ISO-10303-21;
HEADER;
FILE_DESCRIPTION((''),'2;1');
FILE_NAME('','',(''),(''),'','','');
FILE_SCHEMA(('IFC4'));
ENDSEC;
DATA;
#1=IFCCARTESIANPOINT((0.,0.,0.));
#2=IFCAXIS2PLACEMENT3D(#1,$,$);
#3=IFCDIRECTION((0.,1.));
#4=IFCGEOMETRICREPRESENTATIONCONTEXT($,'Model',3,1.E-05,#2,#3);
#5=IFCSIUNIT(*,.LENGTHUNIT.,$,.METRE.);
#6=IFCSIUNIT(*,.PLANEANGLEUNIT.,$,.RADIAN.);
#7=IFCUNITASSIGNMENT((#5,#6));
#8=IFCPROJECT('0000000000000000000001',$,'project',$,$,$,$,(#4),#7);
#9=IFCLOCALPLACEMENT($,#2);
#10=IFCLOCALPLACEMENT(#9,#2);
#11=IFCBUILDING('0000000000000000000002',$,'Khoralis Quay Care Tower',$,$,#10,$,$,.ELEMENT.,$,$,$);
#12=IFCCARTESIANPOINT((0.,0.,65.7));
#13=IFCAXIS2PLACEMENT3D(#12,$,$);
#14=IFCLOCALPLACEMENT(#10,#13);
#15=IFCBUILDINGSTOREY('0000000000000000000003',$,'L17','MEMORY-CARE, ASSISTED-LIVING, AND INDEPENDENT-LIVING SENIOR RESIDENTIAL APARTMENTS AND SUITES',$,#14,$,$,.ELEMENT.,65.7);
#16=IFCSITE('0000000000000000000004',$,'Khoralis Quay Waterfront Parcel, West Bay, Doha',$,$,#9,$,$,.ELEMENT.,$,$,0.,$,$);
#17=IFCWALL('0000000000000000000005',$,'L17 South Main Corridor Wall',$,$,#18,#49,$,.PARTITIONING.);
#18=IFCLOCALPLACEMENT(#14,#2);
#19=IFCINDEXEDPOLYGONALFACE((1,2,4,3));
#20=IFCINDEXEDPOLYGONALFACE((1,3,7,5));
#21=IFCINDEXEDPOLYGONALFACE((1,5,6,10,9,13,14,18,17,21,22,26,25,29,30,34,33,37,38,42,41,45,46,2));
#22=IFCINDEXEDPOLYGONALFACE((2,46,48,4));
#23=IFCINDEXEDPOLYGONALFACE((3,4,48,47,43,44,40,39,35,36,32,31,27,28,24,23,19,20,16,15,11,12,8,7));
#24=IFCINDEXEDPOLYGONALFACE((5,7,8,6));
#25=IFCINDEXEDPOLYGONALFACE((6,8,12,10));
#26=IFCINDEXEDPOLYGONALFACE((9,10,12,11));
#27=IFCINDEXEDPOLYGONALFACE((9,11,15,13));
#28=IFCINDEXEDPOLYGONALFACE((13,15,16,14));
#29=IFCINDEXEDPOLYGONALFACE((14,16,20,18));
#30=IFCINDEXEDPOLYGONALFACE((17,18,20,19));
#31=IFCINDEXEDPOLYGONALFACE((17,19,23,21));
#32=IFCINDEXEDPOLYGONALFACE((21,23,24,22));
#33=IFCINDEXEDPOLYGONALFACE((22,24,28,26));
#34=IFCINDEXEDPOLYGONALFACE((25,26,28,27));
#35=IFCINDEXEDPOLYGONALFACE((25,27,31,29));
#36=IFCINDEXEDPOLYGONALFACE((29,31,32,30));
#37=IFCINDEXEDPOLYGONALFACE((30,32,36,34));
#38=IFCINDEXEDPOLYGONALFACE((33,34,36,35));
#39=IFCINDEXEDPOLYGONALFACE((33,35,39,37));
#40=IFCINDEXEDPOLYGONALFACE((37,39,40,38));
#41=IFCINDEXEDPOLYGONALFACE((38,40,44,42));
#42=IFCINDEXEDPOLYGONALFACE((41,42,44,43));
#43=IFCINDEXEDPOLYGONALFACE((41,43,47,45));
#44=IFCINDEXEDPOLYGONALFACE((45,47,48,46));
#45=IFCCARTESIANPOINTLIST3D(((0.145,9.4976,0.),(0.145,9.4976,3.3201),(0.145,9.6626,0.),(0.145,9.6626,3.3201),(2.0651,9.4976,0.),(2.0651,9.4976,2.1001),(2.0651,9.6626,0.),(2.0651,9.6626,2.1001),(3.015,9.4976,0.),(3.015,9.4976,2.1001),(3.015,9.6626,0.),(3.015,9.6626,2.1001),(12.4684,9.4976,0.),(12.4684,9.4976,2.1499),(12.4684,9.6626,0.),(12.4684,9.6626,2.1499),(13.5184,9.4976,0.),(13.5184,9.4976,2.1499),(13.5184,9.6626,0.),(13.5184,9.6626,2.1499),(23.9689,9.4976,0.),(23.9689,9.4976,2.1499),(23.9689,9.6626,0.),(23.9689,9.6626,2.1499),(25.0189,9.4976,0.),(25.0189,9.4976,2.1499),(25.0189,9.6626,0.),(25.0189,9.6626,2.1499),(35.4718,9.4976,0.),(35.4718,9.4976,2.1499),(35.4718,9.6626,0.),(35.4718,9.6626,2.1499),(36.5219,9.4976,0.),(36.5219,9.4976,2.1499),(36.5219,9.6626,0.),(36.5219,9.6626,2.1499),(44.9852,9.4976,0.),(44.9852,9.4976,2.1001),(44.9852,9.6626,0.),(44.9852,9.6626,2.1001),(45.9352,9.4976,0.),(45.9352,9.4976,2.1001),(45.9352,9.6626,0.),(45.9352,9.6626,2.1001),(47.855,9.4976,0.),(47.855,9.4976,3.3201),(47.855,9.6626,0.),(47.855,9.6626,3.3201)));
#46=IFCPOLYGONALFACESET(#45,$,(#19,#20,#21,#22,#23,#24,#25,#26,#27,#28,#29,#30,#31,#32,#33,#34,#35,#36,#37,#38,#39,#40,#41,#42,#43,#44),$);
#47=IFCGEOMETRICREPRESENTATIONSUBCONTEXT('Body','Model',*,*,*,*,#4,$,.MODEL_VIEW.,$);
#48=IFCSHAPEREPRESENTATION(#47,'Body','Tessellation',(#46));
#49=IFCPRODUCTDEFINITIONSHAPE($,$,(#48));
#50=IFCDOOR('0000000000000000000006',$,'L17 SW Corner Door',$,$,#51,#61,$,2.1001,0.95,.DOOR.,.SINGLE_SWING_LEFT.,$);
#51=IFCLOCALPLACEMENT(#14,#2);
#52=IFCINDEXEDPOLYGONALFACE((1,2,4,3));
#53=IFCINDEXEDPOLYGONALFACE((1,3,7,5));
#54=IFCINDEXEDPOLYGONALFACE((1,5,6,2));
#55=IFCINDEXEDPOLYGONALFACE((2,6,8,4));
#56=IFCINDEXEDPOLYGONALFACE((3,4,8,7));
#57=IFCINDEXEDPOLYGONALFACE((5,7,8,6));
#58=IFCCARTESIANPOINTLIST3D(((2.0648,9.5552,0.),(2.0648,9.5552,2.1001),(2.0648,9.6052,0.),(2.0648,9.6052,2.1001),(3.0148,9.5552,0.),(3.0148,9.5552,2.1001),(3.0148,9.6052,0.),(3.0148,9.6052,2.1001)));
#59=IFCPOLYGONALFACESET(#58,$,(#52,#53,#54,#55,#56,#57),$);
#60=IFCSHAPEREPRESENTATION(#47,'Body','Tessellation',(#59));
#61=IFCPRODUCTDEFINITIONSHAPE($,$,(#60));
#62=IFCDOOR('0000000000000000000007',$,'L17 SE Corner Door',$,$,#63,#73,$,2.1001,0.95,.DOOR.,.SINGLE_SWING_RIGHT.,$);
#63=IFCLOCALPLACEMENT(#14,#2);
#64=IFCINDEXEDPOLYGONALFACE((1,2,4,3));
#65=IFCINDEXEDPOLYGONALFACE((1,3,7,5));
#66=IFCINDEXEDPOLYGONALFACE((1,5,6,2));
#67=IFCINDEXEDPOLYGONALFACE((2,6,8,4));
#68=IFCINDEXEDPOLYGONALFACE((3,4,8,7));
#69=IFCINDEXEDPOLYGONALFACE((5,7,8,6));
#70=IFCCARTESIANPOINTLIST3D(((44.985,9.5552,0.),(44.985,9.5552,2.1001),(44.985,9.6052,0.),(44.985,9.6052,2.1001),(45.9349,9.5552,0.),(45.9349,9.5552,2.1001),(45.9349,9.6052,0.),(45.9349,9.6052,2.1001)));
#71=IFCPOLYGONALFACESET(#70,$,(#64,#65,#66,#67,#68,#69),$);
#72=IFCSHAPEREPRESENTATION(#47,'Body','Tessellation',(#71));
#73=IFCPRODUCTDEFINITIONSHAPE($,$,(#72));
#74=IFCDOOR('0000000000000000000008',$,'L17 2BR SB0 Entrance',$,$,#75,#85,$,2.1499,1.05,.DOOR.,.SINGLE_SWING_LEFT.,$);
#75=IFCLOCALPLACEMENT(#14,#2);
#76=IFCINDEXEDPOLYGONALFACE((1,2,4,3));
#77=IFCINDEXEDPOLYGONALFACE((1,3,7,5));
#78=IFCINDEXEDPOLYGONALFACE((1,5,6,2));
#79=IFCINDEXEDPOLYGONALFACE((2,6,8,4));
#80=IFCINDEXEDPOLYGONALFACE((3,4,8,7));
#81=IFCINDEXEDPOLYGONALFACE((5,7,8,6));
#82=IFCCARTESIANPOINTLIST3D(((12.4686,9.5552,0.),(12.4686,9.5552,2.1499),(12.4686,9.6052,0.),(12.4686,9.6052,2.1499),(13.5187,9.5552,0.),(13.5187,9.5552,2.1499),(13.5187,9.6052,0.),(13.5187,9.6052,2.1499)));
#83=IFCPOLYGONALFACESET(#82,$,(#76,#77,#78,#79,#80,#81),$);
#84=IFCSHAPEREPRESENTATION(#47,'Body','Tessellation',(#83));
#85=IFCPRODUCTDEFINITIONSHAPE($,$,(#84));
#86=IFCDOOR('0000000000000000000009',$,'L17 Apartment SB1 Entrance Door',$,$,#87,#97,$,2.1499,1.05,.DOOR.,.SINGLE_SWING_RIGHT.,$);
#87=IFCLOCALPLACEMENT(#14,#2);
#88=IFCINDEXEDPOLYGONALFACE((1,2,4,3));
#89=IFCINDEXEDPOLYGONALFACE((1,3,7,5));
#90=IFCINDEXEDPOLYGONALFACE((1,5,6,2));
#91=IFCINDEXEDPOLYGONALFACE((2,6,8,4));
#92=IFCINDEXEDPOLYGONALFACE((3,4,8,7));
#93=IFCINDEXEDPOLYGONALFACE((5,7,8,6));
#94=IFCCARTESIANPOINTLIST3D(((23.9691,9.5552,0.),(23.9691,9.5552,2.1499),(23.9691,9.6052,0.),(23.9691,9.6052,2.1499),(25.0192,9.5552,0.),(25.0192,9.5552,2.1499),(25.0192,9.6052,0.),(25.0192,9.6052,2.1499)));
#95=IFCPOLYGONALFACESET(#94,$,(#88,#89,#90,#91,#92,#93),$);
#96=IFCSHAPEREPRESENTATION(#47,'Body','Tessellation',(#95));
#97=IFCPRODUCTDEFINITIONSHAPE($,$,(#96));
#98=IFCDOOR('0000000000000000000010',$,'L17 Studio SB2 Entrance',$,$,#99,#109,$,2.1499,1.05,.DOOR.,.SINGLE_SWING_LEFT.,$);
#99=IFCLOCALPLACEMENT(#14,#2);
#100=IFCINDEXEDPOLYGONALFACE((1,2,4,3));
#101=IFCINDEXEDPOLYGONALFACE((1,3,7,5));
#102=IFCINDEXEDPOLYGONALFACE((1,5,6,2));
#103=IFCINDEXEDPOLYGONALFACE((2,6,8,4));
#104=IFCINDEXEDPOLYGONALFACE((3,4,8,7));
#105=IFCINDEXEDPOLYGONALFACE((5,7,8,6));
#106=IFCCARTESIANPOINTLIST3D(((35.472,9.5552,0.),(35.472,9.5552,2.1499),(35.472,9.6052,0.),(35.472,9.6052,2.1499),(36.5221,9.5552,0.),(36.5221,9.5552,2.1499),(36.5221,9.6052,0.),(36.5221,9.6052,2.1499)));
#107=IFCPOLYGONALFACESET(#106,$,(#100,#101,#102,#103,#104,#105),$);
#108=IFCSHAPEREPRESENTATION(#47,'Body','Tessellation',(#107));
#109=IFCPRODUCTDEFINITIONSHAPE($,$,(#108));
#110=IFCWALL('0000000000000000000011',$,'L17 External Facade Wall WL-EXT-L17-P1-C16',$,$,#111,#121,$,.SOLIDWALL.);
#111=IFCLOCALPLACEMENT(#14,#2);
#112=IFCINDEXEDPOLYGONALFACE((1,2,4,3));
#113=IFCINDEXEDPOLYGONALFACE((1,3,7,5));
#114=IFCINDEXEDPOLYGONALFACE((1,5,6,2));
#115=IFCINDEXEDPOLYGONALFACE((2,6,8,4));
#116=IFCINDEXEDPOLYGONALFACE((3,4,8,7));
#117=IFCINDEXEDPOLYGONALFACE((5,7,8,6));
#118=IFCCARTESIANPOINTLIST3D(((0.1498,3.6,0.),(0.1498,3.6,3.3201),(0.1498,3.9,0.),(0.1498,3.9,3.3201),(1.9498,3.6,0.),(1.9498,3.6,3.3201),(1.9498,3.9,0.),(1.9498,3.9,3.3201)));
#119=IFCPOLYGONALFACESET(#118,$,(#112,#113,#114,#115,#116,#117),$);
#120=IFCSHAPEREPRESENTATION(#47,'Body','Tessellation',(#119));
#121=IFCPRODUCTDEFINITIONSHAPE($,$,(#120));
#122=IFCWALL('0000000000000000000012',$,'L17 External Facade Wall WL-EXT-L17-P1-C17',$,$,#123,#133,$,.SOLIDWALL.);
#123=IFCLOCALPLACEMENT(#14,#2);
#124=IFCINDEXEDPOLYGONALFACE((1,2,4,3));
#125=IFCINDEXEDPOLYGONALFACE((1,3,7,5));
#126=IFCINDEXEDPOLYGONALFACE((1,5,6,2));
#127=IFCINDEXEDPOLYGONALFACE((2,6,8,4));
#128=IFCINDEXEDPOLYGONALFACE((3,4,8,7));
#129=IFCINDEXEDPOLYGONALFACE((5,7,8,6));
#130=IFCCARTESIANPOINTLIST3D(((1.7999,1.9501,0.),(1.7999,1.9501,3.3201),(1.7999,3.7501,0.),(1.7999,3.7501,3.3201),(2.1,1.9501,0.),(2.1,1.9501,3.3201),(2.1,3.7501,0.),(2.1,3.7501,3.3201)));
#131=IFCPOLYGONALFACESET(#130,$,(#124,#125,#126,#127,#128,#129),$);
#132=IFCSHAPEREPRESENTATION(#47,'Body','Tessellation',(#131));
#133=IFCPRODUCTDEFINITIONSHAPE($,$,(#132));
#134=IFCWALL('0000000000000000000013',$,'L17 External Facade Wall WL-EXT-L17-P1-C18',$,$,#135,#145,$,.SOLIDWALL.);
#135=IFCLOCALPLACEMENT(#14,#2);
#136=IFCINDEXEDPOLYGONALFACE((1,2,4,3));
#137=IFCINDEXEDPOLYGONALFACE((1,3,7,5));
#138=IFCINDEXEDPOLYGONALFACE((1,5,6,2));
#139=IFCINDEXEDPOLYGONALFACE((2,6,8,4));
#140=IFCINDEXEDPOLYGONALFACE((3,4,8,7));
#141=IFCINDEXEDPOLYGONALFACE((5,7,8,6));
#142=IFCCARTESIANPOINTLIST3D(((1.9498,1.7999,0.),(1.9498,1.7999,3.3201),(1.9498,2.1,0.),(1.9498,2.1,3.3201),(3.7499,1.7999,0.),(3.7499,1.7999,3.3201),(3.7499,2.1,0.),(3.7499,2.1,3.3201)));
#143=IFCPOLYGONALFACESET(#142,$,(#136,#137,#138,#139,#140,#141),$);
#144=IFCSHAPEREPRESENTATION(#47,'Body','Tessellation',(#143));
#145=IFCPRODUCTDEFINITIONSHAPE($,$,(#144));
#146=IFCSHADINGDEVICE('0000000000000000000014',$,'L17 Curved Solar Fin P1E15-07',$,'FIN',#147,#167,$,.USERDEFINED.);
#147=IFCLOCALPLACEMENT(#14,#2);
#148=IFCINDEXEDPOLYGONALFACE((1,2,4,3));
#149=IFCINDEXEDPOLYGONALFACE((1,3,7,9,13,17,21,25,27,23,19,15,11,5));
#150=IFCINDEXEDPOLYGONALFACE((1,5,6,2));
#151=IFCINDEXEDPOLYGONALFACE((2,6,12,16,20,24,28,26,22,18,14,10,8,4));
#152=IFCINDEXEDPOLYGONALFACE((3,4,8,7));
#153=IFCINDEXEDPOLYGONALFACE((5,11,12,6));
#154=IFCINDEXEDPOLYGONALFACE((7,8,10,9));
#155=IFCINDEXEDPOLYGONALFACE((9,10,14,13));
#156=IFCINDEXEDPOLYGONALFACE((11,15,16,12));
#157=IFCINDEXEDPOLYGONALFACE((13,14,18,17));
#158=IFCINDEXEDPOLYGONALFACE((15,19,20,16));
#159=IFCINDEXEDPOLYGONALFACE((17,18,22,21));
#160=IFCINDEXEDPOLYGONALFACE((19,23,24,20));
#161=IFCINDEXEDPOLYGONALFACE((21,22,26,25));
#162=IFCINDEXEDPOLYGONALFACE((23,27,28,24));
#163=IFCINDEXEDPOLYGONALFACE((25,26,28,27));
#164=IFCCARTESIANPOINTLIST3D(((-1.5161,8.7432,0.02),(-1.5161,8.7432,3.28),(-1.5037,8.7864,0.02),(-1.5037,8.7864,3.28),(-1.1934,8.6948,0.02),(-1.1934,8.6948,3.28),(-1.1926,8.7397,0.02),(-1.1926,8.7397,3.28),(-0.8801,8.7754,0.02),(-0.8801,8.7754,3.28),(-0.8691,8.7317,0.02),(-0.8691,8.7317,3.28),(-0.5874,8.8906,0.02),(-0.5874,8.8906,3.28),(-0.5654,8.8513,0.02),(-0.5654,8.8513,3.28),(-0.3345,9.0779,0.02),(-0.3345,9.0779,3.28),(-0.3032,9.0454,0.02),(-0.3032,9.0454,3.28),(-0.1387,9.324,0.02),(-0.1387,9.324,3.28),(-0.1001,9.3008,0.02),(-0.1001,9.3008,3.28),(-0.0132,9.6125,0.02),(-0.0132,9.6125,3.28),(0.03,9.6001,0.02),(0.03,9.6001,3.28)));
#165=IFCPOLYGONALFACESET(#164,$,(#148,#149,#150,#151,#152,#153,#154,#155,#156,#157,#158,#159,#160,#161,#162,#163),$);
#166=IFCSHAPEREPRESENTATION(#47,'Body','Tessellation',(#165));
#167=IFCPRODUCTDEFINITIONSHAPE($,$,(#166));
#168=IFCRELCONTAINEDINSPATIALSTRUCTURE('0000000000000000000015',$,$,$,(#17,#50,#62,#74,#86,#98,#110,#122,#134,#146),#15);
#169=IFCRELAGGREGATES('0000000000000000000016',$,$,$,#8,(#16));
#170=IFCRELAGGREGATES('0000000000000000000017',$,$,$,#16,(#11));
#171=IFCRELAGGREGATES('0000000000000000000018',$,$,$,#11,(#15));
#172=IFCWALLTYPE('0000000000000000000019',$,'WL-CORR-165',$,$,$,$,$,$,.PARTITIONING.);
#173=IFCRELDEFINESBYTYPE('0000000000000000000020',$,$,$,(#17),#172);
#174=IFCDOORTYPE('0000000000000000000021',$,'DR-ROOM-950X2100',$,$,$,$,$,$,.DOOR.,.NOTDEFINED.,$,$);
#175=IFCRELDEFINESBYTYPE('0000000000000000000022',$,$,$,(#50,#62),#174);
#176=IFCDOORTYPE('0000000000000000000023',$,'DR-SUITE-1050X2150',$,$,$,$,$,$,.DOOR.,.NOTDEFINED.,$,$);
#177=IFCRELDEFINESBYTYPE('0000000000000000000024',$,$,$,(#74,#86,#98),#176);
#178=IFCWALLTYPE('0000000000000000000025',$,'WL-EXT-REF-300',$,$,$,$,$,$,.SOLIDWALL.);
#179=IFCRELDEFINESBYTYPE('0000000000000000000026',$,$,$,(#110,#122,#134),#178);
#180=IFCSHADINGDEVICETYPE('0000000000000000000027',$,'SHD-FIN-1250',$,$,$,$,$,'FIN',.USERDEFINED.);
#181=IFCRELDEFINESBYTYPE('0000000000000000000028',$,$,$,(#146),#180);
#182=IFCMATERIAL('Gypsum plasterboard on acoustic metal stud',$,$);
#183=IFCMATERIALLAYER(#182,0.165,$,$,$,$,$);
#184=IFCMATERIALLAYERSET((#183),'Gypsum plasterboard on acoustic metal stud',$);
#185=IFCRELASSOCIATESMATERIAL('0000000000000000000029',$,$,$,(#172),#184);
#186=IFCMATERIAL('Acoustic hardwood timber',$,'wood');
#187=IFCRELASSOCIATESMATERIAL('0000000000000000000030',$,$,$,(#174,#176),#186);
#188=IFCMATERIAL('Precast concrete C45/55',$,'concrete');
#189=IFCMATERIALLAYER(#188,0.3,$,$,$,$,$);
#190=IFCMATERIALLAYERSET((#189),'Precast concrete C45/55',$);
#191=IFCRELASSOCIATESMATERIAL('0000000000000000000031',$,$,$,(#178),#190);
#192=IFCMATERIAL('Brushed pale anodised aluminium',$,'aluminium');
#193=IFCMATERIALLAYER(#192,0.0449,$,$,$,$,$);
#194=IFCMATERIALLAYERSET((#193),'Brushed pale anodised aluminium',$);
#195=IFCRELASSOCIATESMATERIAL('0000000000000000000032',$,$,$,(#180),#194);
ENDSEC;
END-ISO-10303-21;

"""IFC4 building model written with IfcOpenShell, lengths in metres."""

from ifc_helpers import new_model, si_unit, direction, frame, frame_2d, origin, place, context, subcontext, project, spatial, polyline, rectangle, outline, extrude, source, transform, mapped, material, layer, layer_set, type_object, element, fill, save


model = new_model("IFC4")

# Units and contexts
model_context = context("Model", 3, precision=1e-05, world=origin(), true_north=direction((0.0, 1.0)))
body_context = subcontext(model_context, "Body", "Model", "MODEL_VIEW")
ifc_project = project(units=[si_unit("LENGTHUNIT", "METRE"), si_unit("PLANEANGLEUNIT", "RADIAN")], contexts=[model_context])

# Site, building, storey
site_placement = place(None, origin())
site = spatial("IfcSite", under=ifc_project, at=site_placement, Name="Khoralis Quay Waterfront Parcel, West Bay, Doha", CompositionType="ELEMENT", RefElevation=0.0)
building_placement = place(site_placement, origin())
building = spatial("IfcBuilding", under=site, at=building_placement, Name="Khoralis Quay Care Tower", CompositionType="ELEMENT")
storey_placement = place(building_placement, frame((0.0, 0.0, 65.7)))
storey = spatial("IfcBuildingStorey", under=building, at=storey_placement, Name="L17", Description="MEMORY-CARE, ASSISTED-LIVING, AND INDEPENDENT-LIVING SENIOR RESIDENTIAL APARTMENTS AND SUITES", CompositionType="ELEMENT", Elevation=65.7)

# Shared definitions
ifc_material_1 = material(Name="Precast concrete C45/55", Category="concrete")

# Wall, openings, doors
ifc_material_2 = material(Name="Gypsum plasterboard on acoustic metal stud")
ifc_layer_1 = layer(ifc_material_2, 0.165)
ifc_layer_set_1 = layer_set([ifc_layer_1], Name="Gypsum plasterboard on acoustic metal stud")
wall_type_1 = type_object("IfcWallType", Name="WL-CORR-165", PredefinedType="PARTITIONING", material=ifc_layer_set_1)
wall_placement = place(storey_placement, frame((0.145, 9.5801, 0.0), z_axis=(0.0, 0.0, 1.0), x_axis=(1.0, 0.0, 0.0)))
wall = element("IfcWall", 1, at=wall_placement, inside=storey, type_object=wall_type_1, Name="L17 South Main Corridor Wall", PredefinedType="PARTITIONING", context=body_context, shape_type="SweptSolid", body=[
    extrude(rectangle(XDim=47.71, YDim=0.165, at=frame_2d((23.855, 0.0))), origin(), (0.0, 0.0, 1.0), 3.3201),
])
opening_1_placement = place(wall_placement, frame((12.3235, 0.0, 0.0)))
opening_1 = element("IfcOpeningElement", 2, at=opening_1_placement, cuts=wall, PredefinedType="OPENING", context=body_context, shape_type="SweptSolid", body=[
    extrude(rectangle(XDim=1.05, YDim=2.1499, at=frame_2d((0.5249, 1.075))), frame((0.0, 0.0925, 0.0), z_axis=(0.0, -1.0, 0.0), x_axis=(1.0, 0.0, 0.0)), (0.0, 0.0, 1.0), 0.1851),
])
opening_2_placement = place(wall_placement, frame((23.824, 0.0, 0.0)))
opening_2 = element("IfcOpeningElement", 3, at=opening_2_placement, cuts=wall, PredefinedType="OPENING", context=body_context, shape_type="SweptSolid", body=[
    extrude(rectangle(XDim=1.05, YDim=2.1499, at=frame_2d((0.5249, 1.075))), frame((0.0, 0.0925, 0.0), z_axis=(0.0, -1.0, 0.0), x_axis=(1.0, 0.0, 0.0)), (0.0, 0.0, 1.0), 0.1851),
])
opening_3_placement = place(wall_placement, frame((35.3269, 0.0, 0.0)))
opening_3 = element("IfcOpeningElement", 4, at=opening_3_placement, cuts=wall, PredefinedType="OPENING", context=body_context, shape_type="SweptSolid", body=[
    extrude(rectangle(XDim=1.05, YDim=2.1499, at=frame_2d((0.5249, 1.075))), frame((0.0, 0.0925, 0.0), z_axis=(0.0, -1.0, 0.0), x_axis=(1.0, 0.0, 0.0)), (0.0, 0.0, 1.0), 0.1851),
])
opening_4_placement = place(wall_placement, frame((1.9199, 0.0, 0.0)))
opening_4 = element("IfcOpeningElement", 5, at=opening_4_placement, cuts=wall, PredefinedType="OPENING", context=body_context, shape_type="SweptSolid", body=[
    extrude(rectangle(XDim=0.95, YDim=2.1001, at=frame_2d((0.4751, 1.05))), frame((0.0, 0.0925, 0.0), z_axis=(0.0, -1.0, 0.0), x_axis=(1.0, 0.0, 0.0)), (0.0, 0.0, 1.0), 0.1851),
])
opening_5_placement = place(wall_placement, frame((44.8401, 0.0, 0.0)))
opening_5 = element("IfcOpeningElement", 6, at=opening_5_placement, cuts=wall, PredefinedType="OPENING", context=body_context, shape_type="SweptSolid", body=[
    extrude(rectangle(XDim=0.95, YDim=2.1001, at=frame_2d((0.4751, 1.05))), frame((0.0, 0.0925, 0.0), z_axis=(0.0, -1.0, 0.0), x_axis=(1.0, 0.0, 0.0)), (0.0, 0.0, 1.0), 0.1851),
])
ifc_material_3 = material(Name="Acoustic hardwood timber", Category="wood")
door_type_1 = type_object("IfcDoorType", Name="DR-ROOM-950X2100", OperationType="NOTDEFINED", PredefinedType="DOOR", material=ifc_material_3)
shared_shape_1 = source(origin(), body_context, "Body", "SweptSolid", [
    extrude(rectangle(XDim=0.95, YDim=2.1001, at=frame_2d((0.4751, 1.05))), frame((0.0, 0.0249, 0.0), z_axis=(0.0, -1.0, 0.0), x_axis=(1.0, 0.0, 0.0)), (0.0, 0.0, 1.0), 0.05),
])
door_1_placement = place(opening_4_placement, frame((0.95, 0.0, 0.0), z_axis=(0.0, 0.0, 1.0), x_axis=(-1.0, 0.0, 0.0)))
door_1 = element("IfcDoor", 7, at=door_1_placement, inside=storey, type_object=door_type_1, Name="L17 SW Corner Door", OperationType="SINGLE_SWING_LEFT", OverallHeight=2.1001, OverallWidth=0.95, PredefinedType="DOOR", context=body_context, shape_type="MappedRepresentation", body=[
    mapped(shared_shape_1, transform((0.0, 0.0, 0.0), scale=1.0)),
])
fill(opening_4, door_1)
door_2_placement = place(opening_5_placement, frame((0.95, 0.0, 0.0), z_axis=(0.0, 0.0, 1.0), x_axis=(-1.0, 0.0, 0.0)))
door_2 = element("IfcDoor", 8, at=door_2_placement, inside=storey, type_object=door_type_1, Name="L17 SE Corner Door", OperationType="SINGLE_SWING_RIGHT", OverallHeight=2.1001, OverallWidth=0.95, PredefinedType="DOOR", context=body_context, shape_type="MappedRepresentation", body=[
    mapped(shared_shape_1, transform((0.0, 0.0, 0.0), scale=1.0)),
])
fill(opening_5, door_2)
door_type_2 = type_object("IfcDoorType", Name="DR-SUITE-1050X2150", OperationType="NOTDEFINED", PredefinedType="DOOR", material=ifc_material_3)
shared_shape_2 = source(origin(), body_context, "Body", "SweptSolid", [
    extrude(rectangle(XDim=1.05, YDim=2.1499, at=frame_2d((0.5249, 1.075))), frame((0.0, 0.0249, 0.0), z_axis=(0.0, -1.0, 0.0), x_axis=(1.0, 0.0, 0.0)), (0.0, 0.0, 1.0), 0.05),
])
door_3_placement = place(opening_1_placement, frame((1.05, 0.0, 0.0), z_axis=(0.0, 0.0, 1.0), x_axis=(-1.0, 0.0, 0.0)))
door_3 = element("IfcDoor", 9, at=door_3_placement, inside=storey, type_object=door_type_2, Name="L17 2BR SB0 Entrance", OperationType="SINGLE_SWING_LEFT", OverallHeight=2.1499, OverallWidth=1.05, PredefinedType="DOOR", context=body_context, shape_type="MappedRepresentation", body=[
    mapped(shared_shape_2, transform((0.0, 0.0, 0.0), scale=1.0)),
])
fill(opening_1, door_3)
door_4_placement = place(opening_2_placement, frame((1.05, 0.0, 0.0), z_axis=(0.0, 0.0, 1.0), x_axis=(-1.0, 0.0, 0.0)))
door_4 = element("IfcDoor", 10, at=door_4_placement, inside=storey, type_object=door_type_2, Name="L17 Apartment SB1 Entrance Door", OperationType="SINGLE_SWING_RIGHT", OverallHeight=2.1499, OverallWidth=1.05, PredefinedType="DOOR", context=body_context, shape_type="MappedRepresentation", body=[
    mapped(shared_shape_2, transform((0.0, 0.0, 0.0), scale=1.0)),
])
fill(opening_2, door_4)
door_5_placement = place(opening_3_placement, frame((1.05, 0.0, 0.0), z_axis=(0.0, 0.0, 1.0), x_axis=(-1.0, 0.0, 0.0)))
door_5 = element("IfcDoor", 11, at=door_5_placement, inside=storey, type_object=door_type_2, Name="L17 Studio SB2 Entrance", OperationType="SINGLE_SWING_LEFT", OverallHeight=2.1499, OverallWidth=1.05, PredefinedType="DOOR", context=body_context, shape_type="MappedRepresentation", body=[
    mapped(shared_shape_2, transform((0.0, 0.0, 0.0), scale=1.0)),
])
fill(opening_3, door_5)

# Walls
ifc_layer_2 = layer(ifc_material_1, 0.3)
ifc_layer_set_2 = layer_set([ifc_layer_2], Name="Precast concrete C45/55")
wall_type_2 = type_object("IfcWallType", Name="WL-EXT-REF-300", PredefinedType="SOLIDWALL", material=ifc_layer_set_2)
for number, where, z_axis, x_axis, name in (
    (12, (0.1499, 3.75, 0.0), (0.0, 0.0, 1.0), (1.0, 0.0, 0.0), "L17 External Facade Wall WL-EXT-L17-P1-C16"),
    (13, (1.95, 3.75, 0.0), (0.0, 0.0, 1.0), (0.0, -1.0, 0.0), "L17 External Facade Wall WL-EXT-L17-P1-C17"),
    (14, (1.95, 1.95, 0.0), (0.0, 0.0, 1.0), (1.0, 0.0, 0.0), "L17 External Facade Wall WL-EXT-L17-P1-C18"),
):
    element("IfcWall", number, at=place(storey_placement, frame(where, z_axis=z_axis, x_axis=x_axis)), inside=storey, type_object=wall_type_2, Name=name, PredefinedType="SOLIDWALL", context=body_context, shape_type="SweptSolid", body=[
        extrude(rectangle(XDim=1.8, YDim=0.3, at=frame_2d((0.8999, 0.0))), origin(), (0.0, 0.0, 1.0), 3.3201),
    ])

# Shading device
ifc_material_4 = material(Name="Brushed pale anodised aluminium", Category="aluminium")
ifc_layer_3 = layer(ifc_material_4, 0.0449)
ifc_layer_set_3 = layer_set([ifc_layer_3], Name="Brushed pale anodised aluminium")
shading_device_type = type_object("IfcShadingDeviceType", Name="SHD-FIN-1250", ElementType="FIN", PredefinedType="USERDEFINED", material=ifc_layer_set_3)
shared_shape_3 = source(origin(), body_context, "Body", "SweptSolid", [
    extrude(outline(polyline([(0.0, 0.0), (0.1301, 0.2993), (0.3333, 0.5547), (0.5955, 0.7488), (0.8992, 0.8684), (1.2234, 0.9053), (1.5461, 0.8569), (1.5337, 0.8137), (1.2227, 0.8604), (0.9102, 0.8247), (0.6174, 0.7095), (0.3645, 0.5222), (0.1687, 0.2761), (0.0432, -0.0125), (0.0, 0.0)])), origin(), (0.0, 0.0, 1.0), 3.26),
])
shading_device_placement = place(storey_placement, frame((0.03, 9.6001, 0.02), z_axis=(0.0, 0.0, 1.0), x_axis=(-1.0, 0.0, 0.0)))
element("IfcShadingDevice", 15, at=shading_device_placement, inside=storey, type_object=shading_device_type, Name="L17 Curved Solar Fin P1E15-07", ObjectType="FIN", PredefinedType="USERDEFINED", context=body_context, shape_type="MappedRepresentation", body=[
    mapped(shared_shape_3, transform((0.0, 0.0, 0.0), scale=1.0)),
])

save(model, "model.ifc")
